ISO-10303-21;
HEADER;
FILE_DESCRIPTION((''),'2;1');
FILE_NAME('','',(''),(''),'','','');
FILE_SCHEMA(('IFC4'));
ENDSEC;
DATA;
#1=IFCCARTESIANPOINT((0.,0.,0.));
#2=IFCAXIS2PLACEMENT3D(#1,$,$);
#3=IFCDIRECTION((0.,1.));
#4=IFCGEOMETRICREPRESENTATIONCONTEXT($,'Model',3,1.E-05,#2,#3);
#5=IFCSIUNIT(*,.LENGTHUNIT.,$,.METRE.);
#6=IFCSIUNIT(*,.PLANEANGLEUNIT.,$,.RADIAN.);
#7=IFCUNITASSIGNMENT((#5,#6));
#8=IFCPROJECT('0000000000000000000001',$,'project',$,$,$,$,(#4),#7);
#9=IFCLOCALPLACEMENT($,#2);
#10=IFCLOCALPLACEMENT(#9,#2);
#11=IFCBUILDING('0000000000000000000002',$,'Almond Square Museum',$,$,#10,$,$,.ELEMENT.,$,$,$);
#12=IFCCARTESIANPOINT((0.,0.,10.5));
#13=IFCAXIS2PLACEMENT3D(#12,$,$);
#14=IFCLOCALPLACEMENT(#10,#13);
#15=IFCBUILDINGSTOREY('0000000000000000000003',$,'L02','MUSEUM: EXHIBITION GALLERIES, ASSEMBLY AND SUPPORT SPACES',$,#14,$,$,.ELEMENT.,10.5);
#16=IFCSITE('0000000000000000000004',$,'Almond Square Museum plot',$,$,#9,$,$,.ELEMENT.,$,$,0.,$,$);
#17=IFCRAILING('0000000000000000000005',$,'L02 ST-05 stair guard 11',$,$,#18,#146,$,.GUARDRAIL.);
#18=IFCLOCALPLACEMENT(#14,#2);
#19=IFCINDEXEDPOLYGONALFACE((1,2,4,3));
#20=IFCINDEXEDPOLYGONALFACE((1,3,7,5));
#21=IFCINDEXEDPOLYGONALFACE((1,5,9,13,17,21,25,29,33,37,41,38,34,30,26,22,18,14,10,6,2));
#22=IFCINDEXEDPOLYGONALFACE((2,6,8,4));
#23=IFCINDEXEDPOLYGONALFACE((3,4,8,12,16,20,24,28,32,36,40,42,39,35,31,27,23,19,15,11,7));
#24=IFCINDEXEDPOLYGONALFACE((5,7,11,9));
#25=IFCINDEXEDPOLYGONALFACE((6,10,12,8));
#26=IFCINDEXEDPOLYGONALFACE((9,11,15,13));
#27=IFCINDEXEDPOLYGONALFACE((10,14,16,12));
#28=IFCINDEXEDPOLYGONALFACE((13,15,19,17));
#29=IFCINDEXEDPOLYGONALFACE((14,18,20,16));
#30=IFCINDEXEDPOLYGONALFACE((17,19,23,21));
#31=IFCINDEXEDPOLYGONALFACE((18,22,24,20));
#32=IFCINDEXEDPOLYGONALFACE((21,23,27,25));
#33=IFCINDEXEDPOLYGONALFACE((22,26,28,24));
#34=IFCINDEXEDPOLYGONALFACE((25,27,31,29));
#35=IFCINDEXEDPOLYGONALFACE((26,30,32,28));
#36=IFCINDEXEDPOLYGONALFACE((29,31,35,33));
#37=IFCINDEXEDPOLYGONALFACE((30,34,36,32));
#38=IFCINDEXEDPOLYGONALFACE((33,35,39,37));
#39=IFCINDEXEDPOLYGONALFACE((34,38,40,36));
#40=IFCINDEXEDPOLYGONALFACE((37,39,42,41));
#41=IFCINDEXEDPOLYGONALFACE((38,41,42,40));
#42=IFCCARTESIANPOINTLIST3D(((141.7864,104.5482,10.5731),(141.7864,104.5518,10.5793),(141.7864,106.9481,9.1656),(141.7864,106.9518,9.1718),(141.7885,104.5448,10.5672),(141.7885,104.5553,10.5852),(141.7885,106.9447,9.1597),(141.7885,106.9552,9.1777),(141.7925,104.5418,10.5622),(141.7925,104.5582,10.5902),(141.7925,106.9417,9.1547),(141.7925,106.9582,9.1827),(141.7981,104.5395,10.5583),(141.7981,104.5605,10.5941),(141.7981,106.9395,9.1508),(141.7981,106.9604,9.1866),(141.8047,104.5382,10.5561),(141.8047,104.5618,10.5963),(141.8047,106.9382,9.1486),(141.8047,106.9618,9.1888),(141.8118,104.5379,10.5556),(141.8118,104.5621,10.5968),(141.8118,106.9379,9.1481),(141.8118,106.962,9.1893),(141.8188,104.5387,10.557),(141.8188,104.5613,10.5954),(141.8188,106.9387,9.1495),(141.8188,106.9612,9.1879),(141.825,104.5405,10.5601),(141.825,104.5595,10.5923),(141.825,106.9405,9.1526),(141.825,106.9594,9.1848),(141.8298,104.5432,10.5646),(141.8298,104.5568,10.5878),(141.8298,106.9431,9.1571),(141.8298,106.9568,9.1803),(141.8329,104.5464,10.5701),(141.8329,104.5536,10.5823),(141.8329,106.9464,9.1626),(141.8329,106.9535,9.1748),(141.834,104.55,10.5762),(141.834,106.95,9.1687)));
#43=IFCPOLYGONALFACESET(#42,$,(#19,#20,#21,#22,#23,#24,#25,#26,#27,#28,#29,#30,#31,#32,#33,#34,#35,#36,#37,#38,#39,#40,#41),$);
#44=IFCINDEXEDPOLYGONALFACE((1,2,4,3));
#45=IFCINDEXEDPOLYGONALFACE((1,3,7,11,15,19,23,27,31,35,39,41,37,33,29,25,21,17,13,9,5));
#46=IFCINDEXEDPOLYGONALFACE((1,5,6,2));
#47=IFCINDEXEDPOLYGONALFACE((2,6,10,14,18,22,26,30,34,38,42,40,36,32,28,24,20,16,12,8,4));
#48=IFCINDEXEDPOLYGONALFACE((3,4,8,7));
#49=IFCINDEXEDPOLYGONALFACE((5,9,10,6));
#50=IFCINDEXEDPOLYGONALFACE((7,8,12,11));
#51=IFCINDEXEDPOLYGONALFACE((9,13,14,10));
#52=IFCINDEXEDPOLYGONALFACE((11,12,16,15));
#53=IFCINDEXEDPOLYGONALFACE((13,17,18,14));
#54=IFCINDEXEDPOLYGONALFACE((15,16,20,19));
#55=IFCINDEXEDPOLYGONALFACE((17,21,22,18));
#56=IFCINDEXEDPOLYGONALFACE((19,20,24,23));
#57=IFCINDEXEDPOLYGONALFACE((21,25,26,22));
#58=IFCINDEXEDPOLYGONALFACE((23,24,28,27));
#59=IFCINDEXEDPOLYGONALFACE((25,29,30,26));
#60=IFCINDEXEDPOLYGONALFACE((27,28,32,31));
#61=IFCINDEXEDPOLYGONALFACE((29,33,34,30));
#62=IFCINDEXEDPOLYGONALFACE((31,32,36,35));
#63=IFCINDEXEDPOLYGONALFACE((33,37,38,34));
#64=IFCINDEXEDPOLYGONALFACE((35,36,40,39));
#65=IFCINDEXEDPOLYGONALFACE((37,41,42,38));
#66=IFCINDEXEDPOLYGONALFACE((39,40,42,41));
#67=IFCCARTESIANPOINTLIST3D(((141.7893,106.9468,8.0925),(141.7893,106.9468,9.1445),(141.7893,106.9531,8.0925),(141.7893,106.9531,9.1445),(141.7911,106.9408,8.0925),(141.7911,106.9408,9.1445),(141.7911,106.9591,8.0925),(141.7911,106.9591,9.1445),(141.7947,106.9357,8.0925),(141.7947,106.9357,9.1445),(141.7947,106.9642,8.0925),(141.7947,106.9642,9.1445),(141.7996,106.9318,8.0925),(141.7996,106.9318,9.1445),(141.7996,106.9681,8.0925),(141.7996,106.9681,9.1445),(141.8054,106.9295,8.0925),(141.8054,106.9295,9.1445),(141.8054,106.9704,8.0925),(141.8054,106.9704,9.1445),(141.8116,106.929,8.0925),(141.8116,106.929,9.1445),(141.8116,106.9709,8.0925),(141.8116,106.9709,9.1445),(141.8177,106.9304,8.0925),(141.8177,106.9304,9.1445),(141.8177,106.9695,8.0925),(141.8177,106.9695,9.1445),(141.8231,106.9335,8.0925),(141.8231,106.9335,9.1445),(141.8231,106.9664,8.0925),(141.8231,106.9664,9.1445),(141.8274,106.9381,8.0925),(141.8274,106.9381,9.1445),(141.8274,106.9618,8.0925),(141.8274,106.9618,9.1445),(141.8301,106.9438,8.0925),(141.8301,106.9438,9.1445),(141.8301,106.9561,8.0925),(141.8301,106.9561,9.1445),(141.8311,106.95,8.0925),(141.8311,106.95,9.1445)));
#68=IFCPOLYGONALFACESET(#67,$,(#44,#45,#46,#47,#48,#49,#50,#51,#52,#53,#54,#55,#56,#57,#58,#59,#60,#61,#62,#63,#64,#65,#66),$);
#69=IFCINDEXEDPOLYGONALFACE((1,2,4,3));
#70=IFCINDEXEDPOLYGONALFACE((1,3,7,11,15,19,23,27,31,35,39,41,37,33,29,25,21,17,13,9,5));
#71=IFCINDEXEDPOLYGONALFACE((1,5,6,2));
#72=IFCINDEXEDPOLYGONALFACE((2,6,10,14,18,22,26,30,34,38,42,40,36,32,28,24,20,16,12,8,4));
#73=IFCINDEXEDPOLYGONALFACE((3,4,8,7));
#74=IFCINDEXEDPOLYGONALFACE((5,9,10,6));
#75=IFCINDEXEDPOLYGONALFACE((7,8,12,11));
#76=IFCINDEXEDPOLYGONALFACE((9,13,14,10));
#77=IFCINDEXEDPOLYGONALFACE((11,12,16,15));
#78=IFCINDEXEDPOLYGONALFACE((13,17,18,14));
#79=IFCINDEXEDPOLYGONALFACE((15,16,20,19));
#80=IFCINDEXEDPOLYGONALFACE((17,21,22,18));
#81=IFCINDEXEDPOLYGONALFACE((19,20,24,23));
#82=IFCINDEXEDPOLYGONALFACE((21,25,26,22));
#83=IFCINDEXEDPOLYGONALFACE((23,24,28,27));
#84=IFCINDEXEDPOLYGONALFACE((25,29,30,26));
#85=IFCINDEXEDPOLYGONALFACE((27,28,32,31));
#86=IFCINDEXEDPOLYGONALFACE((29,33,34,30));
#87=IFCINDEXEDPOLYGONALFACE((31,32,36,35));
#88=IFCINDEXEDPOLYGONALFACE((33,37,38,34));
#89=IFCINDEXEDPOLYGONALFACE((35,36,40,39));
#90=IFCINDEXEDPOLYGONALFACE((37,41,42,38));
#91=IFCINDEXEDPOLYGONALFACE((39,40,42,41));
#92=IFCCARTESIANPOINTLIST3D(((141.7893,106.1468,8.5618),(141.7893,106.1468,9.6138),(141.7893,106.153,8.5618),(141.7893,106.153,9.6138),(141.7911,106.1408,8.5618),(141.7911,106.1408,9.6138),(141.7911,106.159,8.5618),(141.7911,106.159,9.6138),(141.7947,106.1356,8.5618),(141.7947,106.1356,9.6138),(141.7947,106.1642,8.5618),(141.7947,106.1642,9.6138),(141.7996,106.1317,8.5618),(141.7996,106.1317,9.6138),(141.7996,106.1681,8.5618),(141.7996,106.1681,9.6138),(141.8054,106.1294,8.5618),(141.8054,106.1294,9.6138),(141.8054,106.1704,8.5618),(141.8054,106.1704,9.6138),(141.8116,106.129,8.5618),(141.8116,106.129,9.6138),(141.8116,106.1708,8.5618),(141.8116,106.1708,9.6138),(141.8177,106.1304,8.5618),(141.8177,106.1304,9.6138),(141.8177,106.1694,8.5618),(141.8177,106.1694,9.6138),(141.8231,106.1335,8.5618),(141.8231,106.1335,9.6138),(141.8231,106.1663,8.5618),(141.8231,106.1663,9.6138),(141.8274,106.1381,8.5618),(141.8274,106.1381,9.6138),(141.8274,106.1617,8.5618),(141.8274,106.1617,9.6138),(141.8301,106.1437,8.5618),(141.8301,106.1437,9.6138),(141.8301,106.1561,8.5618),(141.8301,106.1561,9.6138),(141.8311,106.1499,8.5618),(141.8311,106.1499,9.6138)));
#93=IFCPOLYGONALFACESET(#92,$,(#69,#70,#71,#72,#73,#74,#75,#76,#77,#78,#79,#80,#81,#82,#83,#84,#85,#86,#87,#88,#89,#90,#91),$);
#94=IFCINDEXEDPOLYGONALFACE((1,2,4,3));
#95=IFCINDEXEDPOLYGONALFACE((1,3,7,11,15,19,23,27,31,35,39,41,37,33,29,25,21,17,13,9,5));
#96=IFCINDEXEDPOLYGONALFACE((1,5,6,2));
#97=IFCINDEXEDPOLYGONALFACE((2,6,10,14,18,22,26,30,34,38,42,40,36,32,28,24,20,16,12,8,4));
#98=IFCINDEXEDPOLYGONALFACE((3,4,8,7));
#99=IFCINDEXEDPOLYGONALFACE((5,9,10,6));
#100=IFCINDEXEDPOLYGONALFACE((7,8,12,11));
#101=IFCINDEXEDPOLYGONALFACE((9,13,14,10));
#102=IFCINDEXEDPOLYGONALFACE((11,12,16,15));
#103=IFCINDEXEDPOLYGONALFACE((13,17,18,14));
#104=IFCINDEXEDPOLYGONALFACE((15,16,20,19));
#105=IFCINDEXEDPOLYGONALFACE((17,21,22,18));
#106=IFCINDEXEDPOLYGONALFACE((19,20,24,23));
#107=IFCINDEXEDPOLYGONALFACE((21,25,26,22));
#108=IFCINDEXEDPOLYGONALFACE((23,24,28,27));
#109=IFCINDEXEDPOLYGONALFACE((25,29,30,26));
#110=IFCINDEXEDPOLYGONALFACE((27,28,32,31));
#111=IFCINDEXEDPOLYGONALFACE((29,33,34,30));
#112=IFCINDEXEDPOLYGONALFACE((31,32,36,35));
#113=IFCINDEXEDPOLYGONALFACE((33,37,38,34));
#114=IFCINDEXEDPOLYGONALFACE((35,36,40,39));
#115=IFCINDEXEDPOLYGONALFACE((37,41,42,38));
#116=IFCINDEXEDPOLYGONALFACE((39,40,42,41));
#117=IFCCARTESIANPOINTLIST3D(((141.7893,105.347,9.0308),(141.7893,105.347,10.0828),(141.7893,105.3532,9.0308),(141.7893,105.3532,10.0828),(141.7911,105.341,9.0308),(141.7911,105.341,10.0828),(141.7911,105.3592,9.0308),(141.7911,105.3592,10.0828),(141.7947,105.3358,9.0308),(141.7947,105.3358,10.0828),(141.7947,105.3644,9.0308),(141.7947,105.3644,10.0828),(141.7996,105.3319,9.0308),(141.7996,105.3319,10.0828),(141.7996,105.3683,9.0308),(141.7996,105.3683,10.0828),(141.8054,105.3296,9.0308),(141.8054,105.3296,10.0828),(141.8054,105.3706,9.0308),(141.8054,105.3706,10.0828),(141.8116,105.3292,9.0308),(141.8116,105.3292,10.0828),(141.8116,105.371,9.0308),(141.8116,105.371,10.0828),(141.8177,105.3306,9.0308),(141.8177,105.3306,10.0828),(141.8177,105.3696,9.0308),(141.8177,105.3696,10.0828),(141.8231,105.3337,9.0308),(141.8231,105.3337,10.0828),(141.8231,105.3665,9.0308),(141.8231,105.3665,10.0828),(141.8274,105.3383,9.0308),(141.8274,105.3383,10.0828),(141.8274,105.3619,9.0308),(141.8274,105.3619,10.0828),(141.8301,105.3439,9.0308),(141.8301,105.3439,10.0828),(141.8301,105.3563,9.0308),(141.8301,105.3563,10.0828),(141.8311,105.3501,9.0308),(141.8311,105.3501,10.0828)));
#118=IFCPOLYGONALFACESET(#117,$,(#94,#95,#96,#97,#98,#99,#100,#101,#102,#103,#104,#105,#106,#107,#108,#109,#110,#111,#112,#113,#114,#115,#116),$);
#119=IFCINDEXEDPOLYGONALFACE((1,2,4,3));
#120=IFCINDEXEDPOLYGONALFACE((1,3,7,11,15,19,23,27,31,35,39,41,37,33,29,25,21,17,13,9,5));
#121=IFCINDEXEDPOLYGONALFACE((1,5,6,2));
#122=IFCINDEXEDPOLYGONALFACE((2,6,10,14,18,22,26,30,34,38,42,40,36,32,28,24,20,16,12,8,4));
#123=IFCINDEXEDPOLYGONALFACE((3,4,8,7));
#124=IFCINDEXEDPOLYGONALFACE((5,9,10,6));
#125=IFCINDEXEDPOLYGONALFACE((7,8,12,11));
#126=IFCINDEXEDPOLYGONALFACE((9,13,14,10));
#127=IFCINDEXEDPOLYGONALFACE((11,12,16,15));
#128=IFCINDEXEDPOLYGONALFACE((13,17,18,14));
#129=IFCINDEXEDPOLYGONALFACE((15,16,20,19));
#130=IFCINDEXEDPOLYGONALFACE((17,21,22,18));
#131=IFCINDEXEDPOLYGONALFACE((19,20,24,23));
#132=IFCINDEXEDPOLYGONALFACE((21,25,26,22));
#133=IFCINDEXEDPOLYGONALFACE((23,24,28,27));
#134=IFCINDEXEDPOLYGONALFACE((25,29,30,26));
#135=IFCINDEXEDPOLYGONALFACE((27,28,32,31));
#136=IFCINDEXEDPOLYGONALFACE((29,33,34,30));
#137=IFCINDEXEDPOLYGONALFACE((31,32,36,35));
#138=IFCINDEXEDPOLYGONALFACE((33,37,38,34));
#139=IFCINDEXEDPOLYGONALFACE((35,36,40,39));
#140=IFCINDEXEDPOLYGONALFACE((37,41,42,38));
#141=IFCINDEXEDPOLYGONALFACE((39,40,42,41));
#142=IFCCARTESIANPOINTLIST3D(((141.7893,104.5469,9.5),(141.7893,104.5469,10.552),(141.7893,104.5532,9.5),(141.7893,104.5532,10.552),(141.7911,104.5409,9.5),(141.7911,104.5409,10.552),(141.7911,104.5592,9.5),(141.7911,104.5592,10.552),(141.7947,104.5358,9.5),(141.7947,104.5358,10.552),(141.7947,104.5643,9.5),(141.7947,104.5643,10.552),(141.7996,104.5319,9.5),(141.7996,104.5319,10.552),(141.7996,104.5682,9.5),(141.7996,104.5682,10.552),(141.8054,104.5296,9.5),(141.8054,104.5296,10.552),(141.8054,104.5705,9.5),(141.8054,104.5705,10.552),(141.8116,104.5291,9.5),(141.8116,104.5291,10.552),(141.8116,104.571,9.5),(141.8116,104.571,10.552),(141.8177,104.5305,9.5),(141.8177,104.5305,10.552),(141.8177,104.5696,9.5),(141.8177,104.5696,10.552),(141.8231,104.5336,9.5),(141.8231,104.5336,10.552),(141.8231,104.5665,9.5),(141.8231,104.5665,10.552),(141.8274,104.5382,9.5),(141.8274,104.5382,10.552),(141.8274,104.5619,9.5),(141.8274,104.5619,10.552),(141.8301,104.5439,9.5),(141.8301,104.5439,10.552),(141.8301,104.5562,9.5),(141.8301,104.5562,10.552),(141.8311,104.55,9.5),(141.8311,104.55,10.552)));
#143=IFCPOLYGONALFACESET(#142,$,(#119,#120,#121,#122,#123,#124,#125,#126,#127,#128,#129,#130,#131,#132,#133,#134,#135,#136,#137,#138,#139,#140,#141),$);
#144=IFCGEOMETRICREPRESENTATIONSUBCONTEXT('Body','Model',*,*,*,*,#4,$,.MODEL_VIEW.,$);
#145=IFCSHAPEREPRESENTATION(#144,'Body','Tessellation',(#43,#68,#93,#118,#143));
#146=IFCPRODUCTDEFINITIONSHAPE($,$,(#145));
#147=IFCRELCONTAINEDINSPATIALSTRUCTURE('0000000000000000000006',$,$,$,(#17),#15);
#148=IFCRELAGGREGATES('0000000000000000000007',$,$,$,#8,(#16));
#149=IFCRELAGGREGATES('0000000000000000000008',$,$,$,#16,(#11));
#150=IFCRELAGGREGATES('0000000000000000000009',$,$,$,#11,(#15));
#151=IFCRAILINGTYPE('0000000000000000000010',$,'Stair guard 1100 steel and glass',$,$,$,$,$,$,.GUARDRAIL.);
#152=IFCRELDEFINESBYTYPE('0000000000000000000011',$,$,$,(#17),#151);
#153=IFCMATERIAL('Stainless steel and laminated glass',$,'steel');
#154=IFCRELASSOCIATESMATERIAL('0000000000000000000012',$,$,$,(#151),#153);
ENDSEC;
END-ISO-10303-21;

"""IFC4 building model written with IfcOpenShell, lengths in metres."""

from ifc_helpers import new_model, si_unit, direction, frame, origin, origin_2d, place, context, subcontext, project, spatial, circle, extrude, material, type_object, element, save


model = new_model("IFC4")

# Units and contexts
model_context = context("Model", 3, precision=1e-05, world=origin(), true_north=direction((0.0, 1.0)))
body_context = subcontext(model_context, "Body", "Model", "MODEL_VIEW")
ifc_project = project(units=[si_unit("LENGTHUNIT", "METRE"), si_unit("PLANEANGLEUNIT", "RADIAN")], contexts=[model_context])

# Site, building, storey
site_placement = place(None, origin())
site = spatial("IfcSite", under=ifc_project, at=site_placement, Name="Almond Square Museum plot", CompositionType="ELEMENT", RefElevation=0.0)
building_placement = place(site_placement, origin())
building = spatial("IfcBuilding", under=site, at=building_placement, Name="Almond Square Museum", CompositionType="ELEMENT")
storey_placement = place(building_placement, frame((0.0, 0.0, 10.5)))
storey = spatial("IfcBuildingStorey", under=building, at=storey_placement, Name="L02", Description="MUSEUM: EXHIBITION GALLERIES, ASSEMBLY AND SUPPORT SPACES", CompositionType="ELEMENT", Elevation=10.5)

# Railing
ifc_material_1 = material(Name="Stainless steel and laminated glass", Category="steel")
railing_type_1 = type_object("IfcRailingType", Name="Stair guard 1100 steel and glass", PredefinedType="GUARDRAIL", material=ifc_material_1)
railing_1_placement = place(storey_placement, frame((141.8101, 106.95, 8.0925)))
element("IfcRailing", 1, at=railing_1_placement, inside=storey, type_object=railing_type_1, Name="L02 ST-05 stair guard 11", PredefinedType="GUARDRAIL", context=body_context, shape_type="SweptSolid", body=[
    extrude(circle(Radius=0.0239, at=origin_2d()), frame((0.0, 0.0, 1.0762), z_axis=(0.0, -0.862599, 0.505888), x_axis=(1.0, 0.0, 0.0)), (0.0, 0.0, 1.0), 2.7822),
    extrude(circle(Radius=0.021, at=origin_2d()), origin(), (0.0, 0.0, 1.0), 1.052),
    extrude(circle(Radius=0.021, at=origin_2d()), frame((0.0, -0.8, 0.4692)), (0.0, 0.0, 1.0), 1.052),
    extrude(circle(Radius=0.021, at=origin_2d()), frame((0.0, -1.5999, 0.9382)), (0.0, 0.0, 1.0), 1.052),
    extrude(circle(Radius=0.021, at=origin_2d()), frame((0.0, -2.3999, 1.4075)), (0.0, 0.0, 1.0), 1.052),
])

save(model, "model.ifc")
